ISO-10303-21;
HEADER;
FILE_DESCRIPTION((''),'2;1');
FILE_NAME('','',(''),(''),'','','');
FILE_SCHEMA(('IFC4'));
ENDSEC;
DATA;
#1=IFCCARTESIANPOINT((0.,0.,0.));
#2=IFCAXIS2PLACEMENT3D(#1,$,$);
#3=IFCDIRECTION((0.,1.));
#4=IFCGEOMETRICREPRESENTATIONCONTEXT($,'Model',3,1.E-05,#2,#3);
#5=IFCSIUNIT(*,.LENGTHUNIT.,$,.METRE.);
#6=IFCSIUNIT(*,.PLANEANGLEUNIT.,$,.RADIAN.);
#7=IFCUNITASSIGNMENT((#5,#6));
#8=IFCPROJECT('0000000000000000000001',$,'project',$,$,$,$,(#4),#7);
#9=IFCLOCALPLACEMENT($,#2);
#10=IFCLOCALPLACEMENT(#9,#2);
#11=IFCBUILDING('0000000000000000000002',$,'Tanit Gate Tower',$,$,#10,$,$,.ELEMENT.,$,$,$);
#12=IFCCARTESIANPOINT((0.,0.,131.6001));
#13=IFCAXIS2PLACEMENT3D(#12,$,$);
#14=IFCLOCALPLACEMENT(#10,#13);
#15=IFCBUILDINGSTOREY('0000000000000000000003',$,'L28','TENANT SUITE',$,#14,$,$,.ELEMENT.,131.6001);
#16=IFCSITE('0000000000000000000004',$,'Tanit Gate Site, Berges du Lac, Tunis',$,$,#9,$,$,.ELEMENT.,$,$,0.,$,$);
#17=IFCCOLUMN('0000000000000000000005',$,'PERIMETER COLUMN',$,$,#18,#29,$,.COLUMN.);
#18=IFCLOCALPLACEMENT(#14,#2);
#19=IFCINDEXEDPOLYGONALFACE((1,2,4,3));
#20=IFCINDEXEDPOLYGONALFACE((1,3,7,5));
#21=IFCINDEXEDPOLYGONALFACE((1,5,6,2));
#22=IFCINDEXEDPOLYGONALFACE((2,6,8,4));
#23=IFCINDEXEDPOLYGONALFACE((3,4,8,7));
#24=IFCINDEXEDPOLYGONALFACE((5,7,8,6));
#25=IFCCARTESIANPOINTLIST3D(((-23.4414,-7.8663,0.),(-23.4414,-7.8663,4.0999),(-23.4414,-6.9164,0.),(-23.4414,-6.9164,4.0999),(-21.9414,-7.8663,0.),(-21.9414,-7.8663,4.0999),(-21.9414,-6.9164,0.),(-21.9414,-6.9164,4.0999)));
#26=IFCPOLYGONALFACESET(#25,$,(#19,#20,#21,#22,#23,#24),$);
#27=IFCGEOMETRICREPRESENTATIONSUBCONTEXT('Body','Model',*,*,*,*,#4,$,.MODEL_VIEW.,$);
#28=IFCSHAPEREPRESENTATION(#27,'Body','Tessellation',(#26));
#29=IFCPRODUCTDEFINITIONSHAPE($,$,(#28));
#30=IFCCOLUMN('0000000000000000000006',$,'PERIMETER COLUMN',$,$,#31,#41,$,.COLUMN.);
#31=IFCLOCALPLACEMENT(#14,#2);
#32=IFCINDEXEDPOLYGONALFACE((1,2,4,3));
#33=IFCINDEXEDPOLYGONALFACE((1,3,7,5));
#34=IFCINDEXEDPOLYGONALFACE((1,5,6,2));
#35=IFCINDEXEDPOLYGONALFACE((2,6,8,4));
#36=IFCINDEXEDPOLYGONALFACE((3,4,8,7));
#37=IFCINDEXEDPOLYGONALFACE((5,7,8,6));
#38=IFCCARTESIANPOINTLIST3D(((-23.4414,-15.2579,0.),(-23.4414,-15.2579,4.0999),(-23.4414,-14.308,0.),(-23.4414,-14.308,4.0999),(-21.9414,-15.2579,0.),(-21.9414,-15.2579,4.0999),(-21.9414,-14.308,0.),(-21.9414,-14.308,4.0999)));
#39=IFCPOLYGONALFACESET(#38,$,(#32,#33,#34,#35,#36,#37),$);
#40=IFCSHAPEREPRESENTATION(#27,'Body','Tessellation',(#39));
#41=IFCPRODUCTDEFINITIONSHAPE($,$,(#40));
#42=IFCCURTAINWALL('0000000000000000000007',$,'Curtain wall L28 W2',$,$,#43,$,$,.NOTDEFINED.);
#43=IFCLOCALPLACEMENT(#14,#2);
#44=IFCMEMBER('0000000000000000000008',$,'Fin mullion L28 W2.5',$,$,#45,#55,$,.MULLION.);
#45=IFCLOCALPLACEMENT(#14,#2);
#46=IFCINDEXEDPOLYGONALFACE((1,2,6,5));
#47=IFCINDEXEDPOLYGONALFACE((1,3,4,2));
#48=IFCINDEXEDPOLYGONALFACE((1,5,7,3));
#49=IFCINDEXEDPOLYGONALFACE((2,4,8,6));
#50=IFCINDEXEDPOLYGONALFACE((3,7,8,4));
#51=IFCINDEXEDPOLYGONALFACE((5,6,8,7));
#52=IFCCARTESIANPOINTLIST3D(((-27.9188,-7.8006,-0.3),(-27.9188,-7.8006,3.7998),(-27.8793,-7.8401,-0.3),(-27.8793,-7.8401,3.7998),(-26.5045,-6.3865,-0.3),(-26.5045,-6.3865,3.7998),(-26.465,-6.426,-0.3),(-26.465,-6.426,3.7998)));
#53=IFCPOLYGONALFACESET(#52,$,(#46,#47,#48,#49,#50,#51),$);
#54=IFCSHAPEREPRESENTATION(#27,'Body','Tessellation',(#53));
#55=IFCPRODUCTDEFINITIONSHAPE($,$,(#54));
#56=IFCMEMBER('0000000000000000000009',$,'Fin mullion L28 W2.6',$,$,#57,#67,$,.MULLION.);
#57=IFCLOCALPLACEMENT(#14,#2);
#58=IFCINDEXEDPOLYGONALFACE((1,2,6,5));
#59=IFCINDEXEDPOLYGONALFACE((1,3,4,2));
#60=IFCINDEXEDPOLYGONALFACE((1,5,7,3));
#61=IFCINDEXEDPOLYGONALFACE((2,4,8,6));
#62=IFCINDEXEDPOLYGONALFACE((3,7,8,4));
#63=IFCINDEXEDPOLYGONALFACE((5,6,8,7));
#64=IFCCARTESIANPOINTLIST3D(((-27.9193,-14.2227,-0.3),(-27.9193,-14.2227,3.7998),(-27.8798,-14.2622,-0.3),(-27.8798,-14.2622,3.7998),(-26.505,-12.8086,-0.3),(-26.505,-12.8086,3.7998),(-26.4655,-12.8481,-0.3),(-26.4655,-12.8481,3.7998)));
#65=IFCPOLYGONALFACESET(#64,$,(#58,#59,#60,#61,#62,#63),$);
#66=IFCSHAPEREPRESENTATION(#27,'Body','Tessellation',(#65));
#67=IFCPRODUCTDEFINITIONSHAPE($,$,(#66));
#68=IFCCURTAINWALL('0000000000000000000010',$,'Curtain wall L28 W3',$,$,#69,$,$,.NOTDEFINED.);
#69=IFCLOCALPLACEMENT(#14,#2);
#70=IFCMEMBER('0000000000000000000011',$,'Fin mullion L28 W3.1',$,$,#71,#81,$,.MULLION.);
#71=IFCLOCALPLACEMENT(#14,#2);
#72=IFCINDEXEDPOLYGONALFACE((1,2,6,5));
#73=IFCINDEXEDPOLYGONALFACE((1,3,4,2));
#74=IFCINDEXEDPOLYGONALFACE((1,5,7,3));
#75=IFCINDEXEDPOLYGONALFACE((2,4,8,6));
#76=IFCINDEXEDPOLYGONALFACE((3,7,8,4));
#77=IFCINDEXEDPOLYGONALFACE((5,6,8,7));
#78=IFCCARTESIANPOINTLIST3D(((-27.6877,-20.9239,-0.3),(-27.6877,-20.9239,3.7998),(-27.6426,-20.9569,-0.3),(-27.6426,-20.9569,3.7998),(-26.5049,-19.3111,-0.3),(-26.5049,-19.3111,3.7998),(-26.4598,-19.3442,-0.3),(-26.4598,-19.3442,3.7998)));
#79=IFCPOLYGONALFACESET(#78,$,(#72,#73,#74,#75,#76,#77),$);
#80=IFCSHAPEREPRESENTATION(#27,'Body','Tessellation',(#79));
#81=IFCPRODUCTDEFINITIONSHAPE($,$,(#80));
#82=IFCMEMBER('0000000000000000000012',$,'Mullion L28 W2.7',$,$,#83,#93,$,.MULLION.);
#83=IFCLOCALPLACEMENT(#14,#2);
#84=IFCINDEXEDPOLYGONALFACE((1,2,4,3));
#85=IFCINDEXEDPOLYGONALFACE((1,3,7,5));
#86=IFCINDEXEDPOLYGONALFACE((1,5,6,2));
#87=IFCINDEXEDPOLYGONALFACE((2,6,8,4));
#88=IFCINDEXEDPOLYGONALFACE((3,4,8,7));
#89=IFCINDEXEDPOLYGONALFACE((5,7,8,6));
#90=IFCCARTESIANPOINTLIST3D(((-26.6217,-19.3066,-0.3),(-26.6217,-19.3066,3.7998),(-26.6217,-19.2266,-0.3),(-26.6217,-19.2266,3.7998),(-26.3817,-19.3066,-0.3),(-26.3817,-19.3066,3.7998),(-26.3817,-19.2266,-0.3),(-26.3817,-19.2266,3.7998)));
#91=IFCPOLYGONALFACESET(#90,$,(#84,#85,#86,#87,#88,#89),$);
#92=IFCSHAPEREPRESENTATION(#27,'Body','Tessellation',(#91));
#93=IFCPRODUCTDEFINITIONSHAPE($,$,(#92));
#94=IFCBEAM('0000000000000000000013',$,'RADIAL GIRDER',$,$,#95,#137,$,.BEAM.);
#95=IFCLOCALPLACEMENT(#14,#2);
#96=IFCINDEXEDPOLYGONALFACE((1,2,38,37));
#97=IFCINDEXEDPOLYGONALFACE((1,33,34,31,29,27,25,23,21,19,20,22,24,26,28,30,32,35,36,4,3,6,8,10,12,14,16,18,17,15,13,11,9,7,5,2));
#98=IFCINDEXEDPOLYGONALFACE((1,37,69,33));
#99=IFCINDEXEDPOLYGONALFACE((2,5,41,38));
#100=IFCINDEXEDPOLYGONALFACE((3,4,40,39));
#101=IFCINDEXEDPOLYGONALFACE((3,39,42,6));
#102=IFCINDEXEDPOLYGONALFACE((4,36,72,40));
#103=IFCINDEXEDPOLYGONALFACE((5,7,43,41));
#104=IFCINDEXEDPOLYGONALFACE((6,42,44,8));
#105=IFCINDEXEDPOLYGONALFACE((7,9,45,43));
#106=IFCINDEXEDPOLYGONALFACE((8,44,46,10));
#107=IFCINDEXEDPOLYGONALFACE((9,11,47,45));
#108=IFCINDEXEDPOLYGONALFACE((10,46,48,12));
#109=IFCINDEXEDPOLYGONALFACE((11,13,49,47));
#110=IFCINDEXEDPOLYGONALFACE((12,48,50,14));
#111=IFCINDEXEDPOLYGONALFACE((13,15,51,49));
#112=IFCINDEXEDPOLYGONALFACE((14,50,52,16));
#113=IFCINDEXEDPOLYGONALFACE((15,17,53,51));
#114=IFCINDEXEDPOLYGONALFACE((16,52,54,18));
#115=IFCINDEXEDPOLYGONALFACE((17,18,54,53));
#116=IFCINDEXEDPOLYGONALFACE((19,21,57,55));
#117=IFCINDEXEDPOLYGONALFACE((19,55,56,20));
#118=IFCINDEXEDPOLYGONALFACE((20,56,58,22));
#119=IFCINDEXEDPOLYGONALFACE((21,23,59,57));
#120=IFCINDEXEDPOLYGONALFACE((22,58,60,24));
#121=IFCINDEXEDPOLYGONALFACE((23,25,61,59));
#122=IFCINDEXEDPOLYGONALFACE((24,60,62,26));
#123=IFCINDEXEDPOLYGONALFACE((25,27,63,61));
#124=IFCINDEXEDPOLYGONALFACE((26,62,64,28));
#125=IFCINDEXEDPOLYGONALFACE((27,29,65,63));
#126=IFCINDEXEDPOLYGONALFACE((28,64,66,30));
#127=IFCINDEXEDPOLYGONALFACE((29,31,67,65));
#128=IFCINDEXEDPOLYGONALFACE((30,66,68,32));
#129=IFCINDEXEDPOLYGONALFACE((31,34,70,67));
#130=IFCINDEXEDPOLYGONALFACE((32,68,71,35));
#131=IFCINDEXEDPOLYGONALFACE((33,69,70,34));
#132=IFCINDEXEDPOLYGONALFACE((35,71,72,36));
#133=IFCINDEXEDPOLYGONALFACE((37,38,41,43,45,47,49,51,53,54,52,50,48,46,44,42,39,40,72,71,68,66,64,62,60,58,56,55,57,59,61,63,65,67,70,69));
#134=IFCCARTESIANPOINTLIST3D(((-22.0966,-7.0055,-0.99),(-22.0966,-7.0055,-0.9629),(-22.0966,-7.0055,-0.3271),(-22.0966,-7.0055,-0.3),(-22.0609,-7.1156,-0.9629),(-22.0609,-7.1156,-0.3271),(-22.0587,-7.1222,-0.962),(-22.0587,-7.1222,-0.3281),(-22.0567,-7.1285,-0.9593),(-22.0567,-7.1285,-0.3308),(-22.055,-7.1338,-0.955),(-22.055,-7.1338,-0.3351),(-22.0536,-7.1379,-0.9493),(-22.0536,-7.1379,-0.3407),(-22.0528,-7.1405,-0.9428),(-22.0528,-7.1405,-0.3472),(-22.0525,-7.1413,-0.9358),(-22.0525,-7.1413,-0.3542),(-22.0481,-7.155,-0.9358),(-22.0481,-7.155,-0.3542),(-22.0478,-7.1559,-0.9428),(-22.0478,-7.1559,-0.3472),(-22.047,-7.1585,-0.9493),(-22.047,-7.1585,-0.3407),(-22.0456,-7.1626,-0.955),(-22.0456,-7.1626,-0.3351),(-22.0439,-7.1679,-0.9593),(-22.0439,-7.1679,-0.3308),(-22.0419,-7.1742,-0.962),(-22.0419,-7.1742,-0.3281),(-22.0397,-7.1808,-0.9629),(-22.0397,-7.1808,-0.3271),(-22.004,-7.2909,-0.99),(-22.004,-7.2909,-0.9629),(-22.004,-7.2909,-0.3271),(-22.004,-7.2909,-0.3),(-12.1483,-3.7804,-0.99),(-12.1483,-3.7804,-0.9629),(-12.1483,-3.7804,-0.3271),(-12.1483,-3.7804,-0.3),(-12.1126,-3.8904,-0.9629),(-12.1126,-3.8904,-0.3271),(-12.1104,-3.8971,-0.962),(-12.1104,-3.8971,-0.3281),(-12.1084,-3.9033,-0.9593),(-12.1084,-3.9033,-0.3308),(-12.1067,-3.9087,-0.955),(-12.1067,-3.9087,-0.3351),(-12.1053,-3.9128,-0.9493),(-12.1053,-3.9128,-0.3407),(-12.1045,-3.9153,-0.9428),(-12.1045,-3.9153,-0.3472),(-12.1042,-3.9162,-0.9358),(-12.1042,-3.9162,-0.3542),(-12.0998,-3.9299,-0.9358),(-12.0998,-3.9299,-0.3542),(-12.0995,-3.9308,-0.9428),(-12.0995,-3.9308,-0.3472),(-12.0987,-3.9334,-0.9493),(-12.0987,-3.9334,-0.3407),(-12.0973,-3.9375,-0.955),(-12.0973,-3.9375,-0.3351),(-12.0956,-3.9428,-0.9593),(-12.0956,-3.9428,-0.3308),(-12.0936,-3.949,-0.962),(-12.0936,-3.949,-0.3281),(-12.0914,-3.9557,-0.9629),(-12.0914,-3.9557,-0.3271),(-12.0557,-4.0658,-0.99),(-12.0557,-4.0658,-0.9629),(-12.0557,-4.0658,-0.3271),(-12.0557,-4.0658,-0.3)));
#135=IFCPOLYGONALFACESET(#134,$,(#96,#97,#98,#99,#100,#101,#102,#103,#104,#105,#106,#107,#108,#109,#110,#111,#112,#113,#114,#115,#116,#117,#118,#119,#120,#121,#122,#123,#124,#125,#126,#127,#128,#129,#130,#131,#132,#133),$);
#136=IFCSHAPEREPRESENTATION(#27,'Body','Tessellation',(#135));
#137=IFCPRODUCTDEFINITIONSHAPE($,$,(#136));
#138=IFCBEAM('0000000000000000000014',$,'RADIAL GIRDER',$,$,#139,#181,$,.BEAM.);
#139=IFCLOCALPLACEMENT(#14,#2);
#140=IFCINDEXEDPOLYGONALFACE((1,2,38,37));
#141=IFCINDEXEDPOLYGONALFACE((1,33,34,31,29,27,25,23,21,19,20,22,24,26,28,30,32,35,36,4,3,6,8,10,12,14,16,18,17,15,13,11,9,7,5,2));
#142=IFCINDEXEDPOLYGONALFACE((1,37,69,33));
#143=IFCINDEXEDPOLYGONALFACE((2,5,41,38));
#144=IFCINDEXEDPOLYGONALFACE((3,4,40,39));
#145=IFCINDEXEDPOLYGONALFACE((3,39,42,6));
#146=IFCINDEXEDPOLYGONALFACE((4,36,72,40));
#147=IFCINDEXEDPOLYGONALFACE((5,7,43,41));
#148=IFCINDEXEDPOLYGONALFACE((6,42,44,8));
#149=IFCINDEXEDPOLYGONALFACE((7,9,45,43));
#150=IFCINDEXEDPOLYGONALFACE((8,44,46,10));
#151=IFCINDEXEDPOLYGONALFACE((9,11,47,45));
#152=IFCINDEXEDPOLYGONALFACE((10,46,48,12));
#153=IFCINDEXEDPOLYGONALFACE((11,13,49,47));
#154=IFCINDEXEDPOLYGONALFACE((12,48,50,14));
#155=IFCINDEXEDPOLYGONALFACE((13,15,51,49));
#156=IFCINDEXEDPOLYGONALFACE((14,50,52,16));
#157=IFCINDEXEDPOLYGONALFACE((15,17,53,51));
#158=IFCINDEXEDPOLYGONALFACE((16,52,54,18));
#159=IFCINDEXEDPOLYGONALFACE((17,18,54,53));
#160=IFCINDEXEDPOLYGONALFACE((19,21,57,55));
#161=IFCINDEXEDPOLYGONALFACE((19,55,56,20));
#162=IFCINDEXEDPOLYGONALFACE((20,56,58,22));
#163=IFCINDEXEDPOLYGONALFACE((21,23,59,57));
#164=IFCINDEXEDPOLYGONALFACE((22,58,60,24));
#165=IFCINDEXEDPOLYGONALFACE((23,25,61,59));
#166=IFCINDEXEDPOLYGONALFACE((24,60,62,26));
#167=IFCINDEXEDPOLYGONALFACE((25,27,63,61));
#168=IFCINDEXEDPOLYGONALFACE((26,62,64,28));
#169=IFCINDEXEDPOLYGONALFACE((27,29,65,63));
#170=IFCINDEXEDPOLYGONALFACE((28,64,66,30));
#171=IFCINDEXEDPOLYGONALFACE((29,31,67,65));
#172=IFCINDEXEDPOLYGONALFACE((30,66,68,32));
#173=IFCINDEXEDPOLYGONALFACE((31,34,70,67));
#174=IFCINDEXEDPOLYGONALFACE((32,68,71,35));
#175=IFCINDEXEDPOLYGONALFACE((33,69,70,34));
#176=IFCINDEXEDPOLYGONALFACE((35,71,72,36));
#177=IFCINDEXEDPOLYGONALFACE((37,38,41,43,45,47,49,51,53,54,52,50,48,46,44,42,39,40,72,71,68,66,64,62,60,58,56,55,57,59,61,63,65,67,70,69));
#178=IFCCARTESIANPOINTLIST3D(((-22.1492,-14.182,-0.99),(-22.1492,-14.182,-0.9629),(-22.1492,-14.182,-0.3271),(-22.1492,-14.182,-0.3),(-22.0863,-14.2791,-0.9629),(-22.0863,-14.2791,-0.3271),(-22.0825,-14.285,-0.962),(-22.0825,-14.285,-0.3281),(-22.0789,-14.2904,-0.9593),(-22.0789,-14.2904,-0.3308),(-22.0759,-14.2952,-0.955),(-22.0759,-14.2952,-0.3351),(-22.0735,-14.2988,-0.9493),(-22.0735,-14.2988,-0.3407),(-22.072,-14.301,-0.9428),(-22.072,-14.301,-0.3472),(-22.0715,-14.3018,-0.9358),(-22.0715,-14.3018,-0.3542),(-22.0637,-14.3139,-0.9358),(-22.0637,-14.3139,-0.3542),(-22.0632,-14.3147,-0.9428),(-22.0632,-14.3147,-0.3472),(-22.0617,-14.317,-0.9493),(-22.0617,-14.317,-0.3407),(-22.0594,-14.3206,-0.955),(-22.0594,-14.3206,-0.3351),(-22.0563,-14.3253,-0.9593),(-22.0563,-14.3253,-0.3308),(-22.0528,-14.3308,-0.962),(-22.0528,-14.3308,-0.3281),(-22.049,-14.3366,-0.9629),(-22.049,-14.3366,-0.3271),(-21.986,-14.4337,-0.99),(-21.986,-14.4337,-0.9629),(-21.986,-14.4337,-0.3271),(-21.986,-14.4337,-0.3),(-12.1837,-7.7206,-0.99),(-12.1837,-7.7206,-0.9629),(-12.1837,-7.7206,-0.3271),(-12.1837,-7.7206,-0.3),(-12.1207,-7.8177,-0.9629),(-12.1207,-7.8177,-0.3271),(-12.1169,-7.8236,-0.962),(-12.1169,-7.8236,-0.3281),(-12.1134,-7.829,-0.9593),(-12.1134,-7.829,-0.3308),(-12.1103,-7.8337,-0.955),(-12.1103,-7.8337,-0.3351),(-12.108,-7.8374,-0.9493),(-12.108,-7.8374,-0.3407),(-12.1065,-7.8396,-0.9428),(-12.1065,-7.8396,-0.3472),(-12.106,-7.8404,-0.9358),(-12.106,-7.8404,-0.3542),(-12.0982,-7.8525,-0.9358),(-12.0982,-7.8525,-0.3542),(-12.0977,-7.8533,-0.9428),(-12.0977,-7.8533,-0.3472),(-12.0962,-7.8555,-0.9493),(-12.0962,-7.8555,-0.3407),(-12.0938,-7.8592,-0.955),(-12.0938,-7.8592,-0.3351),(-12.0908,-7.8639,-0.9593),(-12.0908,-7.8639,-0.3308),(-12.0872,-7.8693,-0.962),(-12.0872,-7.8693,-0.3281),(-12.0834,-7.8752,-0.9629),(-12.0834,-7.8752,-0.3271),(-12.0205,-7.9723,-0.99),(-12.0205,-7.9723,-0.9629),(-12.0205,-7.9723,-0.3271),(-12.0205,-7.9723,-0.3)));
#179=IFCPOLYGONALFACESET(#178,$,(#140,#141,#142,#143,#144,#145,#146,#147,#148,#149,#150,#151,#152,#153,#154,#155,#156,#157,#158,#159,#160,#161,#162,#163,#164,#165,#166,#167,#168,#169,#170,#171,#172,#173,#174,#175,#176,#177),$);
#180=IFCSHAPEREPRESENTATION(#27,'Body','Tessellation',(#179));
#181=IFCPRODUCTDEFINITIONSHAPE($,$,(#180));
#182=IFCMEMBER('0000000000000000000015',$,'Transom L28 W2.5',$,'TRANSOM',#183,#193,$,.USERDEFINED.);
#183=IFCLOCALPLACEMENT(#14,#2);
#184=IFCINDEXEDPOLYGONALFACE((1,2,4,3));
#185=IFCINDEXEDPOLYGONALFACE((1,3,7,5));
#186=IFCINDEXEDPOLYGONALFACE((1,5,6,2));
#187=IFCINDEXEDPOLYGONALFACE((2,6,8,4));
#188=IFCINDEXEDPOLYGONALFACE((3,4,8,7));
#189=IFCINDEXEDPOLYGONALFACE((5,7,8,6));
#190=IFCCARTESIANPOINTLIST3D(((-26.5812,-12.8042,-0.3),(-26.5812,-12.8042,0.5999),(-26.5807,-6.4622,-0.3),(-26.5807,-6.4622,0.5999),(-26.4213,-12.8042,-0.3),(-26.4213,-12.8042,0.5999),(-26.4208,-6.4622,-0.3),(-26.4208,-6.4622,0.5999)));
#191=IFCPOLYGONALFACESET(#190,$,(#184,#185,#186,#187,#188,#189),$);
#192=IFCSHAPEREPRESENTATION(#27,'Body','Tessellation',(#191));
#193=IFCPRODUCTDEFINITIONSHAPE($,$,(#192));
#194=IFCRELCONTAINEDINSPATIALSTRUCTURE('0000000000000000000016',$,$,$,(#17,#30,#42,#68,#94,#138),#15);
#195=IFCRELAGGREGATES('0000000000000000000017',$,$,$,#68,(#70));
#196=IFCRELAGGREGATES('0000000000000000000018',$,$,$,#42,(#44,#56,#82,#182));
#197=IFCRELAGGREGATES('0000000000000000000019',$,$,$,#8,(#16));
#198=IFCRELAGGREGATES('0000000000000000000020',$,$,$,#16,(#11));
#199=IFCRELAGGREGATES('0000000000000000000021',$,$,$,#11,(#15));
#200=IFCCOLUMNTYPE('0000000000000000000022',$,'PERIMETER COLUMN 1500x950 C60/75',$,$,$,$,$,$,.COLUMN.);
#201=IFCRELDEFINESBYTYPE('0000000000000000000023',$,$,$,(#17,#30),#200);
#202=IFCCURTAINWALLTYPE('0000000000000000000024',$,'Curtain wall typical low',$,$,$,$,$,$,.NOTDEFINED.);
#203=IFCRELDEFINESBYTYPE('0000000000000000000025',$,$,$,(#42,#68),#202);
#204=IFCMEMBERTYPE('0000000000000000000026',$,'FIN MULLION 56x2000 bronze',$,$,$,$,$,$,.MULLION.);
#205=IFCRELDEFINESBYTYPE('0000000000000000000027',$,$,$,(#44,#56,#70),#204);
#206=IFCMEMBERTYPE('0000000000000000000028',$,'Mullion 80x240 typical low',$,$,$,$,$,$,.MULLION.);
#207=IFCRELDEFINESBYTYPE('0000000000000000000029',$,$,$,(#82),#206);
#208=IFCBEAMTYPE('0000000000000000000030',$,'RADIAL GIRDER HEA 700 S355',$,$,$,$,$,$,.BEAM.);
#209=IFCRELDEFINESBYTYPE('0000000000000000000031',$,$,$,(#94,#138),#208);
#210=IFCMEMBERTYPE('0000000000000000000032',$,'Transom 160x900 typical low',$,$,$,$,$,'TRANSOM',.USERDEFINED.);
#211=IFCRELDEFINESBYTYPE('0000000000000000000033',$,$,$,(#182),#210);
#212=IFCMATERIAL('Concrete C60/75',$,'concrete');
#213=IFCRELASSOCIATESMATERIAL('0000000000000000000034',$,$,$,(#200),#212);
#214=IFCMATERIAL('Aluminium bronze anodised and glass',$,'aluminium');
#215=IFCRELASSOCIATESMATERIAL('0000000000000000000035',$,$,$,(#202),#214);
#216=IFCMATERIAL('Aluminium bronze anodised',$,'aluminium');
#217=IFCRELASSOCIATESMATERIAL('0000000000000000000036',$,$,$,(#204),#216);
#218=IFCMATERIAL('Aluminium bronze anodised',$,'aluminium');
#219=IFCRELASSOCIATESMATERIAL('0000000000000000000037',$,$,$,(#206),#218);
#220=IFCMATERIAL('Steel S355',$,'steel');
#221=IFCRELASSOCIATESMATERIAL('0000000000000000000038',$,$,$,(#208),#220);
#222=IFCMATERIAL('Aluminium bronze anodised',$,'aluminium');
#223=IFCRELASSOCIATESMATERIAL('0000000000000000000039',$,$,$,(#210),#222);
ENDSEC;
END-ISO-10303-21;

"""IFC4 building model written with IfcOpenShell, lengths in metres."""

from ifc_helpers import new_model, si_unit, direction, frame, origin, origin_2d, place, context, subcontext, project, spatial, rectangle, i_section, extrude, material, material_profile, profile_set, type_object, element, aggregate, save


model = new_model("IFC4")

# Units and contexts
model_context = context("Model", 3, precision=1e-05, world=origin(), true_north=direction((0.0, 1.0)))
body_context = subcontext(model_context, "Body", "Model", "MODEL_VIEW")
ifc_project = project(units=[si_unit("LENGTHUNIT", "METRE"), si_unit("PLANEANGLEUNIT", "RADIAN")], contexts=[model_context])

# Site, building, storey
site_placement = place(None, origin())
site = spatial("IfcSite", under=ifc_project, at=site_placement, Name="Tanit Gate Site, Berges du Lac, Tunis", CompositionType="ELEMENT", RefElevation=0.0)
building_placement = place(site_placement, origin())
building = spatial("IfcBuilding", under=site, at=building_placement, Name="Tanit Gate Tower", CompositionType="ELEMENT")
storey_placement = place(building_placement, frame((0.0, 0.0, 131.6001)))
storey = spatial("IfcBuildingStorey", under=building, at=storey_placement, Name="L28", Description="TENANT SUITE", CompositionType="ELEMENT", Elevation=131.6001)

# Columns
ifc_material_1 = material(Name="Concrete C60/75", Category="concrete")
ifc_material_profile_1 = material_profile(ifc_material_1, rectangle(XDim=1.5, YDim=0.95, at=origin_2d()), Name="RC 1500x950")
ifc_profile_set_1 = profile_set([ifc_material_profile_1], Name="Concrete C60/75")
column_type = type_object("IfcColumnType", Name="PERIMETER COLUMN 1500x950 C60/75", PredefinedType="COLUMN", material=ifc_profile_set_1)
for number, where, z_axis, x_axis, name in (
    (1, (-22.6914, -7.3914, 0.0), (0.0, 0.0, 1.0), (-1.0, 0.0, 0.0), "PERIMETER COLUMN"),
    (2, (-22.6914, -14.783, 0.0), (0.0, 0.0, 1.0), (-1.0, 0.0, 0.0), "PERIMETER COLUMN"),
):
    element("IfcColumn", number, at=place(storey_placement, frame(where, z_axis=z_axis, x_axis=x_axis)), inside=storey, type_object=column_type, Name=name, PredefinedType="COLUMN", context=body_context, shape_type="SweptSolid", body=[
        extrude(rectangle(XDim=1.5, YDim=0.95, at=origin_2d()), origin(), (0.0, 0.0, 1.0), 4.0999),
    ])

# Curtain wall, members
ifc_material_2 = material(Name="Aluminium bronze anodised and glass", Category="aluminium")
curtain_wall_type = type_object("IfcCurtainWallType", Name="Curtain wall typical low", PredefinedType="NOTDEFINED", material=ifc_material_2)
curtain_wall_1_placement = place(storey_placement, origin())
curtain_wall_1 = element("IfcCurtainWall", 3, at=curtain_wall_1_placement, inside=storey, type_object=curtain_wall_type, Name="Curtain wall L28 W2", PredefinedType="NOTDEFINED")
ifc_material_3 = material(Name="Aluminium bronze anodised", Category="aluminium")
ifc_material_profile_2 = material_profile(ifc_material_3, rectangle(XDim=2.0, YDim=0.0559, at=origin_2d()), Name="56x2000 bronze fin mullion")
ifc_profile_set_2 = profile_set([ifc_material_profile_2], Name="Aluminium bronze anodised")
member_type_1 = type_object("IfcMemberType", Name="FIN MULLION 56x2000 bronze", PredefinedType="MULLION", material=ifc_profile_set_2)
member_1_placement = place(storey_placement, frame((-27.1919, -7.1133, -0.3), z_axis=(0.0, 0.0, 1.0), x_axis=(0.707156, 0.707058, 0.0)))
member_1 = element("IfcMember", 4, at=member_1_placement, type_object=member_type_1, Name="Fin mullion L28 W2.5", PredefinedType="MULLION", context=body_context, shape_type="SweptSolid", body=[
    extrude(rectangle(XDim=2.0, YDim=0.0559, at=origin_2d()), origin(), (0.0, 0.0, 1.0), 4.0999),
])
member_2_placement = place(storey_placement, frame((-27.1924, -13.5354, -0.3), z_axis=(0.0, 0.0, 1.0), x_axis=(0.707156, 0.707058, 0.0)))
member_2 = element("IfcMember", 5, at=member_2_placement, type_object=member_type_1, Name="Fin mullion L28 W2.6", PredefinedType="MULLION", context=body_context, shape_type="SweptSolid", body=[
    extrude(rectangle(XDim=2.0, YDim=0.0559, at=origin_2d()), origin(), (0.0, 0.0, 1.0), 4.0999),
])

# Curtain wall, member
curtain_wall_2_placement = place(storey_placement, origin())
curtain_wall_2 = element("IfcCurtainWall", 6, at=curtain_wall_2_placement, inside=storey, type_object=curtain_wall_type, Name="Curtain wall L28 W3", PredefinedType="NOTDEFINED")
member_3_placement = place(storey_placement, frame((-27.0737, -20.134, -0.3), z_axis=(0.0, 0.0, 1.0), x_axis=(0.591404, 0.806375, 0.0)))
member_3 = element("IfcMember", 7, at=member_3_placement, type_object=member_type_1, Name="Fin mullion L28 W3.1", PredefinedType="MULLION", context=body_context, shape_type="SweptSolid", body=[
    extrude(rectangle(XDim=2.0, YDim=0.0559, at=origin_2d()), origin(), (0.0, 0.0, 1.0), 4.0999),
])

# Member
ifc_material_4 = material(Name="Aluminium bronze anodised", Category="aluminium")
ifc_material_profile_3 = material_profile(ifc_material_4, rectangle(XDim=0.24, YDim=0.0801, at=origin_2d()), Name="80x240 bronze mullion")
ifc_profile_set_3 = profile_set([ifc_material_profile_3], Name="Aluminium bronze anodised")
member_type_2 = type_object("IfcMemberType", Name="Mullion 80x240 typical low", PredefinedType="MULLION", material=ifc_profile_set_3)
member_4_placement = place(storey_placement, frame((-26.5017, -19.2666, -0.3), z_axis=(0.0, 0.0, 1.0), x_axis=(1.0, -0.000069, 0.0)))
member_4 = element("IfcMember", 8, at=member_4_placement, type_object=member_type_2, Name="Mullion L28 W2.7", PredefinedType="MULLION", context=body_context, shape_type="SweptSolid", body=[
    extrude(rectangle(XDim=0.24, YDim=0.0801, at=origin_2d()), origin(), (0.0, 0.0, 1.0), 4.0999),
])

# Beams
ifc_material_5 = material(Name="Steel S355", Category="steel")
ifc_material_profile_4 = material_profile(ifc_material_5, i_section(OverallWidth=0.3, OverallDepth=0.6899, WebThickness=0.0144, FlangeThickness=0.0271, FilletRadius=0.0271, at=origin_2d()), Name="HEA 700")
ifc_profile_set_4 = profile_set([ifc_material_profile_4], Name="Steel S355")
beam_type = type_object("IfcBeamType", Name="RADIAL GIRDER HEA 700 S355", PredefinedType="BEAM", material=ifc_profile_set_4)
beam_1_placement = place(storey_placement, frame((-22.0503, -7.1482, -0.645), z_axis=(0.951261, 0.308387, 0.0), x_axis=(-0.308387, 0.951261, 0.0)))
element("IfcBeam", 9, at=beam_1_placement, inside=storey, type_object=beam_type, Name="RADIAL GIRDER", PredefinedType="BEAM", context=body_context, shape_type="SweptSolid", body=[
    extrude(i_section(OverallWidth=0.3, OverallDepth=0.6899, WebThickness=0.0144, FlangeThickness=0.0271, FilletRadius=0.0271, at=origin_2d()), origin(), (0.0, 0.0, 1.0), 10.458),
])
beam_2_placement = place(storey_placement, frame((-22.0676, -14.3079, -0.645), z_axis=(0.839066, 0.544029, 0.0), x_axis=(-0.544029, 0.839066, 0.0)))
element("IfcBeam", 10, at=beam_2_placement, inside=storey, type_object=beam_type, Name="RADIAL GIRDER", PredefinedType="BEAM", context=body_context, shape_type="SweptSolid", body=[
    extrude(i_section(OverallWidth=0.3, OverallDepth=0.6899, WebThickness=0.0144, FlangeThickness=0.0271, FilletRadius=0.0271, at=origin_2d()), origin(), (0.0, 0.0, 1.0), 11.877),
])

# Member
ifc_material_6 = material(Name="Aluminium bronze anodised", Category="aluminium")
ifc_material_profile_5 = material_profile(ifc_material_6, rectangle(XDim=0.1599, YDim=0.8999, at=origin_2d()), Name="160x900 bronze transom")
ifc_profile_set_5 = profile_set([ifc_material_profile_5], Name="Aluminium bronze anodised")
member_type_3 = type_object("IfcMemberType", Name="Transom 160x900 typical low", ElementType="TRANSOM", PredefinedType="USERDEFINED", material=ifc_profile_set_5)
member_5_placement = place(storey_placement, frame((-26.5007, -6.4622, 0.1499), z_axis=(-0.000077, -1.0, 0.0), x_axis=(1.0, -0.000077, 0.0)))
member_5 = element("IfcMember", 11, at=member_5_placement, type_object=member_type_3, Name="Transom L28 W2.5", ObjectType="TRANSOM", PredefinedType="USERDEFINED", context=body_context, shape_type="SweptSolid", body=[
    extrude(rectangle(XDim=0.1599, YDim=0.8999, at=origin_2d()), origin(), (0.0, 0.0, 1.0), 6.342),
])
aggregate(curtain_wall_2, [member_3])

aggregate(curtain_wall_1, [member_1, member_2, member_4, member_5])

save(model, "model.ifc")
